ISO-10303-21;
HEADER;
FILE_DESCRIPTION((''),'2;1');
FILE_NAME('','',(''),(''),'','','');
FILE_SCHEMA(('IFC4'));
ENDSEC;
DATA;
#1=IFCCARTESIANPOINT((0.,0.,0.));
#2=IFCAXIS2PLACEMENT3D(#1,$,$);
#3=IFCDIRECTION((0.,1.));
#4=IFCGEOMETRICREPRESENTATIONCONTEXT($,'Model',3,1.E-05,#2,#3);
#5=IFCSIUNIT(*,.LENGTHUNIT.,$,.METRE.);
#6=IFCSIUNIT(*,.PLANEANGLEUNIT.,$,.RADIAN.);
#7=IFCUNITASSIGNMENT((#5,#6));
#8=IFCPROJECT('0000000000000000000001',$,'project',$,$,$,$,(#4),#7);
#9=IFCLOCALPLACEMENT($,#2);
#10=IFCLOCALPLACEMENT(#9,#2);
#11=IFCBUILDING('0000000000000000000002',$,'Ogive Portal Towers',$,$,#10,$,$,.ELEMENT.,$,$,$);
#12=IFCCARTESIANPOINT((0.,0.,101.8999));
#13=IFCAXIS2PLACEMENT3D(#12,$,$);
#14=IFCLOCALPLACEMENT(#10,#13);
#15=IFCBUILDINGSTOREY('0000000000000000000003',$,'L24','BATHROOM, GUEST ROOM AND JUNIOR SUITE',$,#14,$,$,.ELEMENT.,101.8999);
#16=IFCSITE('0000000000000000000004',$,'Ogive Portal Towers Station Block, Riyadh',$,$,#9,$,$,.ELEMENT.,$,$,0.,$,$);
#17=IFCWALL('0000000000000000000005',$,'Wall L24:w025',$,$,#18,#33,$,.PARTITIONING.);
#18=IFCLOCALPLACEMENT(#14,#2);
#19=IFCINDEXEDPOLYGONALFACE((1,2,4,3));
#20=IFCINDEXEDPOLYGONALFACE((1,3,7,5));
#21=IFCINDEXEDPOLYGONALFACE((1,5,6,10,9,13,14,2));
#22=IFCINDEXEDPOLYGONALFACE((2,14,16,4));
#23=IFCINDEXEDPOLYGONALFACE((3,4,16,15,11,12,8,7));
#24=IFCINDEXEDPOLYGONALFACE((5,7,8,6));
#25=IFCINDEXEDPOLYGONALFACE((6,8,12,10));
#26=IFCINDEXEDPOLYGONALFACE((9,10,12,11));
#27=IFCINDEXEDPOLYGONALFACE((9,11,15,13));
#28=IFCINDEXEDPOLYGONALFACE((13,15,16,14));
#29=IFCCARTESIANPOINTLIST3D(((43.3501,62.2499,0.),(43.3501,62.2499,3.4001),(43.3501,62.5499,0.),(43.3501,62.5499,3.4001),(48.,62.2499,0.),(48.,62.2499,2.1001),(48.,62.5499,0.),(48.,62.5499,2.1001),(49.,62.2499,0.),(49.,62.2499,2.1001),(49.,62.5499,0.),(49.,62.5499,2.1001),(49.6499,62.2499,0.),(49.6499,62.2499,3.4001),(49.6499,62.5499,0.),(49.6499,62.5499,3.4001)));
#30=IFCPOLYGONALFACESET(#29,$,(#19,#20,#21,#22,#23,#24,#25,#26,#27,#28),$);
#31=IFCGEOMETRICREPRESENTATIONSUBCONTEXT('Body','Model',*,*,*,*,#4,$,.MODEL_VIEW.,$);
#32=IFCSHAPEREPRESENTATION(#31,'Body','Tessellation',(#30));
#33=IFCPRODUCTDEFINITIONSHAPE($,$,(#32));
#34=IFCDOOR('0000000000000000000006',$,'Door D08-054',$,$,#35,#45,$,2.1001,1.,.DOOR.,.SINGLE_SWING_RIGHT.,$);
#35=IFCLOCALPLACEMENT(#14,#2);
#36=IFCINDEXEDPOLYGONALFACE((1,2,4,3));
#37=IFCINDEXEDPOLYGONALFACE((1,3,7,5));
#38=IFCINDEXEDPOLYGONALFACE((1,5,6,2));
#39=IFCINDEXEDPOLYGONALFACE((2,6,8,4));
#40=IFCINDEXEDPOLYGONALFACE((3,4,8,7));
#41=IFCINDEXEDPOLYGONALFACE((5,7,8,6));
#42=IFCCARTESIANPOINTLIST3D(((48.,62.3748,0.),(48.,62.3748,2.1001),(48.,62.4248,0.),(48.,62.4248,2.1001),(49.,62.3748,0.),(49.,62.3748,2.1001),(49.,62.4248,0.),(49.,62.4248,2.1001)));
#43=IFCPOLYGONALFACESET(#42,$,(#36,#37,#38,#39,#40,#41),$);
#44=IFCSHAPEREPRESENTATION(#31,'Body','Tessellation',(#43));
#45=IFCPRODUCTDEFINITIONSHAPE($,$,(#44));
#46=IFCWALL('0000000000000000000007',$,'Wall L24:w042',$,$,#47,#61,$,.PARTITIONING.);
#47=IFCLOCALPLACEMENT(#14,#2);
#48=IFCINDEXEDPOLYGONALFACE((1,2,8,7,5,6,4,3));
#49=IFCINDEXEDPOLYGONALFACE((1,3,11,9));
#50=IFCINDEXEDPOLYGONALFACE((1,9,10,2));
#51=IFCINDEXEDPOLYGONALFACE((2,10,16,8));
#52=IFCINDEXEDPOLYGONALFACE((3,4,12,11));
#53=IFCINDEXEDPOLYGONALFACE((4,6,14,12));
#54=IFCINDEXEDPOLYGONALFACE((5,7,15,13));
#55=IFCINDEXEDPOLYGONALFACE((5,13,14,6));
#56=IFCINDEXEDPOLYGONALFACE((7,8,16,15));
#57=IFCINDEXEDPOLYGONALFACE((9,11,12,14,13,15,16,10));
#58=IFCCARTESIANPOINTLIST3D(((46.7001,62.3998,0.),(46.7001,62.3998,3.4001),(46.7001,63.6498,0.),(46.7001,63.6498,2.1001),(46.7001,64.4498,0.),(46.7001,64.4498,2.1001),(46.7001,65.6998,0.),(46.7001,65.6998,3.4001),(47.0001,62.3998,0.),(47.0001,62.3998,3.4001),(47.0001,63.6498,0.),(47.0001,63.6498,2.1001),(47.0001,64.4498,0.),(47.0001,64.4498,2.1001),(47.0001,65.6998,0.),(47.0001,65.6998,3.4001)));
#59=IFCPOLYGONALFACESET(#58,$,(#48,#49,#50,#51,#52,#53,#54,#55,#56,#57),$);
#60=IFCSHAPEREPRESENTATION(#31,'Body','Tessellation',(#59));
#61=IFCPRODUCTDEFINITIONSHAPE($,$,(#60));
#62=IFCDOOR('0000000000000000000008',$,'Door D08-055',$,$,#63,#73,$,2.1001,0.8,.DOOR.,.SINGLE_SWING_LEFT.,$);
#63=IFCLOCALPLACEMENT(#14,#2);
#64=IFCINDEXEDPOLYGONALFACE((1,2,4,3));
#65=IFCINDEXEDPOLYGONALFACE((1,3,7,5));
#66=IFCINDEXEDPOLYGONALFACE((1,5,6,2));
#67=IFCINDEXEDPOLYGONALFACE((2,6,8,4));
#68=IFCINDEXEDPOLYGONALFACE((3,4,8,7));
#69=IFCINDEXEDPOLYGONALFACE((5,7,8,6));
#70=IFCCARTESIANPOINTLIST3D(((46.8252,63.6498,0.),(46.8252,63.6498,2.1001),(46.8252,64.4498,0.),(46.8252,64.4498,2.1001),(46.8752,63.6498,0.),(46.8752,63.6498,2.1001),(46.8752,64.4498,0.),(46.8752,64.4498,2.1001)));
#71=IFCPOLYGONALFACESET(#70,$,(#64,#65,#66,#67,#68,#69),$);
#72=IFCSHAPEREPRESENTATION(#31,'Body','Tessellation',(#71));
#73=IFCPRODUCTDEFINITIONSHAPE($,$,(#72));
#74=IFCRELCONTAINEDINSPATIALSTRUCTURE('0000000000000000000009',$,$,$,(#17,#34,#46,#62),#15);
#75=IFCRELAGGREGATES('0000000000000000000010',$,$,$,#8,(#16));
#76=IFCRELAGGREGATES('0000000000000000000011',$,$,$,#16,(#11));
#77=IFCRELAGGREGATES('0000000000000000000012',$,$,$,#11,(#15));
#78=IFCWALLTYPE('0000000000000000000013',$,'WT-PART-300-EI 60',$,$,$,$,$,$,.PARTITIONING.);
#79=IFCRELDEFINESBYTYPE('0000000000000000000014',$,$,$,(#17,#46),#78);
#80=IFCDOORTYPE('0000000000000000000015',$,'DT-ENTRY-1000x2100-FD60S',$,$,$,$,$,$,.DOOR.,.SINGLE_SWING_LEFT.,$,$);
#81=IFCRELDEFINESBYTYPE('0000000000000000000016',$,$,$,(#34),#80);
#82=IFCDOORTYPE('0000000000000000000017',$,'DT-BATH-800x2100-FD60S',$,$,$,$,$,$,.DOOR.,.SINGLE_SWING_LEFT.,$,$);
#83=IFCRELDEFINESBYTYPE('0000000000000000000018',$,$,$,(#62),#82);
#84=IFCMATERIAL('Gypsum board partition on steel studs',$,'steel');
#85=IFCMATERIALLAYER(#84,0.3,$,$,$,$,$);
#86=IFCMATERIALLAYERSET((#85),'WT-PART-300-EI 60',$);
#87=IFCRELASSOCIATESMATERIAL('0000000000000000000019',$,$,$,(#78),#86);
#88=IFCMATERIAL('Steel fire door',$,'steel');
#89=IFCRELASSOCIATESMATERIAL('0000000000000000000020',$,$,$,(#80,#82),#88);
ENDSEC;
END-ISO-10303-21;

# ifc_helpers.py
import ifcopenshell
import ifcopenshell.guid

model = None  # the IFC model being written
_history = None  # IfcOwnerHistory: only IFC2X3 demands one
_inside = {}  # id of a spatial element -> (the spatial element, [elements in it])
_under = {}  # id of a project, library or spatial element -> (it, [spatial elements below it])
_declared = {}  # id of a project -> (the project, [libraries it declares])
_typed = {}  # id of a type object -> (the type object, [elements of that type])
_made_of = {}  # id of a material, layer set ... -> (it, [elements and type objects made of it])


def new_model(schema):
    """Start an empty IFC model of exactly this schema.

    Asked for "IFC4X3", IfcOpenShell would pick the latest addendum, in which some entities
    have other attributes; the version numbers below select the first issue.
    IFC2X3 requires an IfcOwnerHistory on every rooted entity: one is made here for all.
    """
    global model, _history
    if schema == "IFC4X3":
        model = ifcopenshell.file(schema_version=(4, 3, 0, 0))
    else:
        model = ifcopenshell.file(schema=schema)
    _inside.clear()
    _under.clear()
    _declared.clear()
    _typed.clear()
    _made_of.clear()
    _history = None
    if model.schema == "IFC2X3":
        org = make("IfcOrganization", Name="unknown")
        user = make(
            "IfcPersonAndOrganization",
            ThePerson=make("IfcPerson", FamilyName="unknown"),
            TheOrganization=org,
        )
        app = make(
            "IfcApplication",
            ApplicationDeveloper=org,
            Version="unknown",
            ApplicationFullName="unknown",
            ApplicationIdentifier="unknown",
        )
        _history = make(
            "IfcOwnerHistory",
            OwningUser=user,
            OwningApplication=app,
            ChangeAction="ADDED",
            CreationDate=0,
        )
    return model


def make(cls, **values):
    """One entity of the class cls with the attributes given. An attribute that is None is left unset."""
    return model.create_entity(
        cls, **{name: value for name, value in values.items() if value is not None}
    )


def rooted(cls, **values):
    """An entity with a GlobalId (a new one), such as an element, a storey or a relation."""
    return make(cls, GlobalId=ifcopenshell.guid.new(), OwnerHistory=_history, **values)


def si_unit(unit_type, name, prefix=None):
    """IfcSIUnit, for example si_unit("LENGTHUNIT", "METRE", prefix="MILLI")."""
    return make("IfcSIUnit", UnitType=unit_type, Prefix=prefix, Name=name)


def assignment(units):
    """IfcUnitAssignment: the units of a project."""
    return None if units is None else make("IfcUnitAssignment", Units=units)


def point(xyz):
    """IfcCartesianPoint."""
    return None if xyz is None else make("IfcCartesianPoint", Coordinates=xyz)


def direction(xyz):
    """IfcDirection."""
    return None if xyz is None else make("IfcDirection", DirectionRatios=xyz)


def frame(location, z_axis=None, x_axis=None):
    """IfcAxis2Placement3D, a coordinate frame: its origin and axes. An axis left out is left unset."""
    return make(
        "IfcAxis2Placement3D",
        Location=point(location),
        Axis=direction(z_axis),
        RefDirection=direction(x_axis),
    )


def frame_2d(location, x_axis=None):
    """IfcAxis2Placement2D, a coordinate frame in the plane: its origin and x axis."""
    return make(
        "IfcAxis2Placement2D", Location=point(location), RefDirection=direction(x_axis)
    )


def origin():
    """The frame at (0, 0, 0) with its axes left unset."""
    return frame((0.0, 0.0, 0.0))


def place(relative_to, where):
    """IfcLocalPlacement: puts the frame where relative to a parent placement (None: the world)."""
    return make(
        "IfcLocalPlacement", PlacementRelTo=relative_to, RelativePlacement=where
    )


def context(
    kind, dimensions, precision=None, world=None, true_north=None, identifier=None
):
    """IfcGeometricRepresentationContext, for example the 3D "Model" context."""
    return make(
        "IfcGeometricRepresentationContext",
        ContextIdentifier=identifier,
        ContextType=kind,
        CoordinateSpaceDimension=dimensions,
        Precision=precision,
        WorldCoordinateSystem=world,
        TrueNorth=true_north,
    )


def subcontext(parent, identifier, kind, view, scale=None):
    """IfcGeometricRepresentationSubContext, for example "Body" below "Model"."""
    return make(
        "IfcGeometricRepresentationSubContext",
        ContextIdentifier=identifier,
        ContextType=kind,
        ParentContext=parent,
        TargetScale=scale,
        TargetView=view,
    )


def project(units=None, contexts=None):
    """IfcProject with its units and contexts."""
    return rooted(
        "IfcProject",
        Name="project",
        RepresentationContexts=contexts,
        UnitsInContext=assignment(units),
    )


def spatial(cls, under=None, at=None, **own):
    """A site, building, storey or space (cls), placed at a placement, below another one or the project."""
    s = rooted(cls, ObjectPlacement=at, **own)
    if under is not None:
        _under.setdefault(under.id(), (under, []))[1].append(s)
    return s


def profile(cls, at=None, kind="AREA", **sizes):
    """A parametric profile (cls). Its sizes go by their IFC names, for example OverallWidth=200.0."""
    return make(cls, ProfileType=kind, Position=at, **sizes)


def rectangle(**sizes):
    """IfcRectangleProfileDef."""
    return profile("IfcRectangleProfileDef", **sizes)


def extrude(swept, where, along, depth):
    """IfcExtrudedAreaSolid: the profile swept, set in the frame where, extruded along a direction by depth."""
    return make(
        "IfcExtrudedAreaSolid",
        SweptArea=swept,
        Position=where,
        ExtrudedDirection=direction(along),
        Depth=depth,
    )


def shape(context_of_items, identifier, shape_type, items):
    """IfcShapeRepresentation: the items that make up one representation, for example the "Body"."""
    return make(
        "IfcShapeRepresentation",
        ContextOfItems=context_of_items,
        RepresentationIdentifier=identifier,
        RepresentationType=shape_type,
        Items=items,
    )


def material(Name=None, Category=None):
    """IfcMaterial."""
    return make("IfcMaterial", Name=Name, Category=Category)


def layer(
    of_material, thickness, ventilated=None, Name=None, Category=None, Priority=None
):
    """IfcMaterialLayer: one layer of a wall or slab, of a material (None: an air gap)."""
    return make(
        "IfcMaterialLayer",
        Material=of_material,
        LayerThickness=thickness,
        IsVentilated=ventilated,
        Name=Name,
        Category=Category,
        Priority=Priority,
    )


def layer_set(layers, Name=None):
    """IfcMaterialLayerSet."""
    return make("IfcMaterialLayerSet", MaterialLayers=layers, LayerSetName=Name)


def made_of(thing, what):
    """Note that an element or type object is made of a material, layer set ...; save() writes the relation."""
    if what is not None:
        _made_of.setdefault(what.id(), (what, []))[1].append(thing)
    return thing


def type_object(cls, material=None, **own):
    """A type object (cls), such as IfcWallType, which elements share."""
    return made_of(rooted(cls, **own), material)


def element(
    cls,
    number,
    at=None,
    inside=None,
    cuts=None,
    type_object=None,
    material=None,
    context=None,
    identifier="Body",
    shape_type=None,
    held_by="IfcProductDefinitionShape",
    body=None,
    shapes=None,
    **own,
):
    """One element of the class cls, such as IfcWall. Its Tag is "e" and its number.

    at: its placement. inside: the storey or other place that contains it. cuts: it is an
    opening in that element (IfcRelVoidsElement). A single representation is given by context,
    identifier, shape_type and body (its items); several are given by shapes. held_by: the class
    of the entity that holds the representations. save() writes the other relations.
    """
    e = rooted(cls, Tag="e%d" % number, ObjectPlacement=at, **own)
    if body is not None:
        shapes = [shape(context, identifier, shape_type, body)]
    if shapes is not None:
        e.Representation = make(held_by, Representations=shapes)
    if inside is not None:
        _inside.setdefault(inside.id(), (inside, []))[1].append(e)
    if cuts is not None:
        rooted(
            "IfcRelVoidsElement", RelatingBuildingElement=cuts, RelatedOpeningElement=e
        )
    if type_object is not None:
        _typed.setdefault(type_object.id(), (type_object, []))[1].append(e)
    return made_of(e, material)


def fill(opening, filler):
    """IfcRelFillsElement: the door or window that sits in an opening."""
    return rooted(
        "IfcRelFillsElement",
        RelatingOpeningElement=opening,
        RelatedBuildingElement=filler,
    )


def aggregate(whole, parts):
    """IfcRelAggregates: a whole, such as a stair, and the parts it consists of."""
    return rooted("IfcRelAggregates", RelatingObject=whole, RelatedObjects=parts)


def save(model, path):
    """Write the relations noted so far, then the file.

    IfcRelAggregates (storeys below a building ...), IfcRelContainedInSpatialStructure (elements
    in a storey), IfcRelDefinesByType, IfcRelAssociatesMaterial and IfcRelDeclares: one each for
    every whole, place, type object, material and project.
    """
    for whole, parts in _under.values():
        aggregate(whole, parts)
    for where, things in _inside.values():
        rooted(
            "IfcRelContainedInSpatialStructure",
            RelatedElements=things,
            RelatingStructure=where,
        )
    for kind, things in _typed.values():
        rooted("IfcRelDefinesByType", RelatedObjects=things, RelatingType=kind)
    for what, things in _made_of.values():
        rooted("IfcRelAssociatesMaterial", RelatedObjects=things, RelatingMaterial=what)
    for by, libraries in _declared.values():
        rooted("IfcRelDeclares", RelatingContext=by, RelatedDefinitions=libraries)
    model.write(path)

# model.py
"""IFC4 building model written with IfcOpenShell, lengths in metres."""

from ifc_helpers import new_model, si_unit, direction, frame, frame_2d, origin, place, context, subcontext, project, spatial, rectangle, extrude, material, layer, layer_set, type_object, element, fill, save


model = new_model("IFC4")

# Units and contexts
model_context = context("Model", 3, precision=1e-05, world=origin(), true_north=direction((0.0, 1.0)))
body_context = subcontext(model_context, "Body", "Model", "MODEL_VIEW")
ifc_project = project(units=[si_unit("LENGTHUNIT", "METRE"), si_unit("PLANEANGLEUNIT", "RADIAN")], contexts=[model_context])

# Site, building, storey
site_placement = place(None, origin())
site = spatial("IfcSite", under=ifc_project, at=site_placement, Name="Ogive Portal Towers Station Block, Riyadh", CompositionType="ELEMENT", RefElevation=0.0)
building_placement = place(site_placement, origin())
building = spatial("IfcBuilding", under=site, at=building_placement, Name="Ogive Portal Towers", CompositionType="ELEMENT")
storey_placement = place(building_placement, frame((0.0, 0.0, 101.8999)))
storey = spatial("IfcBuildingStorey", under=building, at=storey_placement, Name="L24", Description="BATHROOM, GUEST ROOM AND JUNIOR SUITE", CompositionType="ELEMENT", Elevation=101.8999)

# Shared definitions
ifc_material_1 = material(Name="Steel fire door", Category="steel")

# Shared definitions
ifc_material_2 = material(Name="Gypsum board partition on steel studs", Category="steel")
ifc_layer_1 = layer(ifc_material_2, 0.3)
ifc_layer_set_1 = layer_set([ifc_layer_1], Name="WT-PART-300-EI 60")
wall_type_1 = type_object("IfcWallType", Name="WT-PART-300-EI 60", PredefinedType="PARTITIONING", material=ifc_layer_set_1)

# Walls, openings, doors
wall_1_placement = place(storey_placement, frame((43.3501, 62.3999, 0.0), z_axis=(0.0, 0.0, 1.0), x_axis=(1.0, 0.0, 0.0)))
wall_1 = element("IfcWall", 1, at=wall_1_placement, inside=storey, type_object=wall_type_1, Name="Wall L24:w025", PredefinedType="PARTITIONING", context=body_context, shape_type="SweptSolid", body=[
    extrude(rectangle(XDim=6.2998, YDim=0.3, at=frame_2d((3.1499, 0.0))), origin(), (0.0, 0.0, 1.0), 3.4001),
])
opening_1_placement = place(wall_1_placement, frame((4.6499, 0.0, 0.0)))
opening_1 = element("IfcOpeningElement", 2, at=opening_1_placement, cuts=wall_1, PredefinedType="OPENING", context=body_context, shape_type="SweptSolid", body=[
    extrude(rectangle(XDim=1.0, YDim=2.1001, at=frame_2d((0.5, 1.05))), frame((0.0, 0.1602, 0.0), z_axis=(0.0, -1.0, 0.0), x_axis=(1.0, 0.0, 0.0)), (0.0, 0.0, 1.0), 0.3201),
])
door_type_1 = type_object("IfcDoorType", Name="DT-ENTRY-1000x2100-FD60S", OperationType="SINGLE_SWING_LEFT", PredefinedType="DOOR", material=ifc_material_1)
door_1_placement = place(opening_1_placement, origin())
door_1 = element("IfcDoor", 3, at=door_1_placement, inside=storey, type_object=door_type_1, Name="Door D08-054", OperationType="SINGLE_SWING_RIGHT", OverallHeight=2.1001, OverallWidth=1.0, PredefinedType="DOOR", context=body_context, shape_type="SweptSolid", body=[
    extrude(rectangle(XDim=1.0, YDim=2.1001, at=frame_2d((0.5, 1.05))), frame((0.0, 0.0249, 0.0), z_axis=(0.0, -1.0, 0.0), x_axis=(1.0, 0.0, 0.0)), (0.0, 0.0, 1.0), 0.05),
])
fill(opening_1, door_1)
wall_2_placement = place(storey_placement, frame((46.8501, 62.3999, 0.0), z_axis=(0.0, 0.0, 1.0), x_axis=(0.0, 1.0, 0.0)))
wall_2 = element("IfcWall", 4, at=wall_2_placement, inside=storey, type_object=wall_type_1, Name="Wall L24:w042", PredefinedType="PARTITIONING", context=body_context, shape_type="SweptSolid", body=[
    extrude(rectangle(XDim=3.3, YDim=0.3, at=frame_2d((1.6499, 0.0))), origin(), (0.0, 0.0, 1.0), 3.4001),
])
opening_2_placement = place(wall_2_placement, frame((1.25, 0.0, 0.0)))
opening_2 = element("IfcOpeningElement", 5, at=opening_2_placement, cuts=wall_2, PredefinedType="OPENING", context=body_context, shape_type="SweptSolid", body=[
    extrude(rectangle(XDim=0.8, YDim=2.1001, at=frame_2d((0.3999, 1.05))), frame((0.0, 0.1602, 0.0), z_axis=(0.0, -1.0, 0.0), x_axis=(1.0, 0.0, 0.0)), (0.0, 0.0, 1.0), 0.3201),
])
door_type_2 = type_object("IfcDoorType", Name="DT-BATH-800x2100-FD60S", OperationType="SINGLE_SWING_LEFT", PredefinedType="DOOR", material=ifc_material_1)
door_2_placement = place(opening_2_placement, origin())
door_2 = element("IfcDoor", 6, at=door_2_placement, inside=storey, type_object=door_type_2, Name="Door D08-055", OperationType="SINGLE_SWING_LEFT", OverallHeight=2.1001, OverallWidth=0.8, PredefinedType="DOOR", context=body_context, shape_type="SweptSolid", body=[
    extrude(rectangle(XDim=0.8, YDim=2.1001, at=frame_2d((0.3999, 1.05))), frame((0.0, 0.0249, 0.0), z_axis=(0.0, -1.0, 0.0), x_axis=(1.0, 0.0, 0.0)), (0.0, 0.0, 1.0), 0.05),
])
fill(opening_2, door_2)

save(model, "model.ifc")
